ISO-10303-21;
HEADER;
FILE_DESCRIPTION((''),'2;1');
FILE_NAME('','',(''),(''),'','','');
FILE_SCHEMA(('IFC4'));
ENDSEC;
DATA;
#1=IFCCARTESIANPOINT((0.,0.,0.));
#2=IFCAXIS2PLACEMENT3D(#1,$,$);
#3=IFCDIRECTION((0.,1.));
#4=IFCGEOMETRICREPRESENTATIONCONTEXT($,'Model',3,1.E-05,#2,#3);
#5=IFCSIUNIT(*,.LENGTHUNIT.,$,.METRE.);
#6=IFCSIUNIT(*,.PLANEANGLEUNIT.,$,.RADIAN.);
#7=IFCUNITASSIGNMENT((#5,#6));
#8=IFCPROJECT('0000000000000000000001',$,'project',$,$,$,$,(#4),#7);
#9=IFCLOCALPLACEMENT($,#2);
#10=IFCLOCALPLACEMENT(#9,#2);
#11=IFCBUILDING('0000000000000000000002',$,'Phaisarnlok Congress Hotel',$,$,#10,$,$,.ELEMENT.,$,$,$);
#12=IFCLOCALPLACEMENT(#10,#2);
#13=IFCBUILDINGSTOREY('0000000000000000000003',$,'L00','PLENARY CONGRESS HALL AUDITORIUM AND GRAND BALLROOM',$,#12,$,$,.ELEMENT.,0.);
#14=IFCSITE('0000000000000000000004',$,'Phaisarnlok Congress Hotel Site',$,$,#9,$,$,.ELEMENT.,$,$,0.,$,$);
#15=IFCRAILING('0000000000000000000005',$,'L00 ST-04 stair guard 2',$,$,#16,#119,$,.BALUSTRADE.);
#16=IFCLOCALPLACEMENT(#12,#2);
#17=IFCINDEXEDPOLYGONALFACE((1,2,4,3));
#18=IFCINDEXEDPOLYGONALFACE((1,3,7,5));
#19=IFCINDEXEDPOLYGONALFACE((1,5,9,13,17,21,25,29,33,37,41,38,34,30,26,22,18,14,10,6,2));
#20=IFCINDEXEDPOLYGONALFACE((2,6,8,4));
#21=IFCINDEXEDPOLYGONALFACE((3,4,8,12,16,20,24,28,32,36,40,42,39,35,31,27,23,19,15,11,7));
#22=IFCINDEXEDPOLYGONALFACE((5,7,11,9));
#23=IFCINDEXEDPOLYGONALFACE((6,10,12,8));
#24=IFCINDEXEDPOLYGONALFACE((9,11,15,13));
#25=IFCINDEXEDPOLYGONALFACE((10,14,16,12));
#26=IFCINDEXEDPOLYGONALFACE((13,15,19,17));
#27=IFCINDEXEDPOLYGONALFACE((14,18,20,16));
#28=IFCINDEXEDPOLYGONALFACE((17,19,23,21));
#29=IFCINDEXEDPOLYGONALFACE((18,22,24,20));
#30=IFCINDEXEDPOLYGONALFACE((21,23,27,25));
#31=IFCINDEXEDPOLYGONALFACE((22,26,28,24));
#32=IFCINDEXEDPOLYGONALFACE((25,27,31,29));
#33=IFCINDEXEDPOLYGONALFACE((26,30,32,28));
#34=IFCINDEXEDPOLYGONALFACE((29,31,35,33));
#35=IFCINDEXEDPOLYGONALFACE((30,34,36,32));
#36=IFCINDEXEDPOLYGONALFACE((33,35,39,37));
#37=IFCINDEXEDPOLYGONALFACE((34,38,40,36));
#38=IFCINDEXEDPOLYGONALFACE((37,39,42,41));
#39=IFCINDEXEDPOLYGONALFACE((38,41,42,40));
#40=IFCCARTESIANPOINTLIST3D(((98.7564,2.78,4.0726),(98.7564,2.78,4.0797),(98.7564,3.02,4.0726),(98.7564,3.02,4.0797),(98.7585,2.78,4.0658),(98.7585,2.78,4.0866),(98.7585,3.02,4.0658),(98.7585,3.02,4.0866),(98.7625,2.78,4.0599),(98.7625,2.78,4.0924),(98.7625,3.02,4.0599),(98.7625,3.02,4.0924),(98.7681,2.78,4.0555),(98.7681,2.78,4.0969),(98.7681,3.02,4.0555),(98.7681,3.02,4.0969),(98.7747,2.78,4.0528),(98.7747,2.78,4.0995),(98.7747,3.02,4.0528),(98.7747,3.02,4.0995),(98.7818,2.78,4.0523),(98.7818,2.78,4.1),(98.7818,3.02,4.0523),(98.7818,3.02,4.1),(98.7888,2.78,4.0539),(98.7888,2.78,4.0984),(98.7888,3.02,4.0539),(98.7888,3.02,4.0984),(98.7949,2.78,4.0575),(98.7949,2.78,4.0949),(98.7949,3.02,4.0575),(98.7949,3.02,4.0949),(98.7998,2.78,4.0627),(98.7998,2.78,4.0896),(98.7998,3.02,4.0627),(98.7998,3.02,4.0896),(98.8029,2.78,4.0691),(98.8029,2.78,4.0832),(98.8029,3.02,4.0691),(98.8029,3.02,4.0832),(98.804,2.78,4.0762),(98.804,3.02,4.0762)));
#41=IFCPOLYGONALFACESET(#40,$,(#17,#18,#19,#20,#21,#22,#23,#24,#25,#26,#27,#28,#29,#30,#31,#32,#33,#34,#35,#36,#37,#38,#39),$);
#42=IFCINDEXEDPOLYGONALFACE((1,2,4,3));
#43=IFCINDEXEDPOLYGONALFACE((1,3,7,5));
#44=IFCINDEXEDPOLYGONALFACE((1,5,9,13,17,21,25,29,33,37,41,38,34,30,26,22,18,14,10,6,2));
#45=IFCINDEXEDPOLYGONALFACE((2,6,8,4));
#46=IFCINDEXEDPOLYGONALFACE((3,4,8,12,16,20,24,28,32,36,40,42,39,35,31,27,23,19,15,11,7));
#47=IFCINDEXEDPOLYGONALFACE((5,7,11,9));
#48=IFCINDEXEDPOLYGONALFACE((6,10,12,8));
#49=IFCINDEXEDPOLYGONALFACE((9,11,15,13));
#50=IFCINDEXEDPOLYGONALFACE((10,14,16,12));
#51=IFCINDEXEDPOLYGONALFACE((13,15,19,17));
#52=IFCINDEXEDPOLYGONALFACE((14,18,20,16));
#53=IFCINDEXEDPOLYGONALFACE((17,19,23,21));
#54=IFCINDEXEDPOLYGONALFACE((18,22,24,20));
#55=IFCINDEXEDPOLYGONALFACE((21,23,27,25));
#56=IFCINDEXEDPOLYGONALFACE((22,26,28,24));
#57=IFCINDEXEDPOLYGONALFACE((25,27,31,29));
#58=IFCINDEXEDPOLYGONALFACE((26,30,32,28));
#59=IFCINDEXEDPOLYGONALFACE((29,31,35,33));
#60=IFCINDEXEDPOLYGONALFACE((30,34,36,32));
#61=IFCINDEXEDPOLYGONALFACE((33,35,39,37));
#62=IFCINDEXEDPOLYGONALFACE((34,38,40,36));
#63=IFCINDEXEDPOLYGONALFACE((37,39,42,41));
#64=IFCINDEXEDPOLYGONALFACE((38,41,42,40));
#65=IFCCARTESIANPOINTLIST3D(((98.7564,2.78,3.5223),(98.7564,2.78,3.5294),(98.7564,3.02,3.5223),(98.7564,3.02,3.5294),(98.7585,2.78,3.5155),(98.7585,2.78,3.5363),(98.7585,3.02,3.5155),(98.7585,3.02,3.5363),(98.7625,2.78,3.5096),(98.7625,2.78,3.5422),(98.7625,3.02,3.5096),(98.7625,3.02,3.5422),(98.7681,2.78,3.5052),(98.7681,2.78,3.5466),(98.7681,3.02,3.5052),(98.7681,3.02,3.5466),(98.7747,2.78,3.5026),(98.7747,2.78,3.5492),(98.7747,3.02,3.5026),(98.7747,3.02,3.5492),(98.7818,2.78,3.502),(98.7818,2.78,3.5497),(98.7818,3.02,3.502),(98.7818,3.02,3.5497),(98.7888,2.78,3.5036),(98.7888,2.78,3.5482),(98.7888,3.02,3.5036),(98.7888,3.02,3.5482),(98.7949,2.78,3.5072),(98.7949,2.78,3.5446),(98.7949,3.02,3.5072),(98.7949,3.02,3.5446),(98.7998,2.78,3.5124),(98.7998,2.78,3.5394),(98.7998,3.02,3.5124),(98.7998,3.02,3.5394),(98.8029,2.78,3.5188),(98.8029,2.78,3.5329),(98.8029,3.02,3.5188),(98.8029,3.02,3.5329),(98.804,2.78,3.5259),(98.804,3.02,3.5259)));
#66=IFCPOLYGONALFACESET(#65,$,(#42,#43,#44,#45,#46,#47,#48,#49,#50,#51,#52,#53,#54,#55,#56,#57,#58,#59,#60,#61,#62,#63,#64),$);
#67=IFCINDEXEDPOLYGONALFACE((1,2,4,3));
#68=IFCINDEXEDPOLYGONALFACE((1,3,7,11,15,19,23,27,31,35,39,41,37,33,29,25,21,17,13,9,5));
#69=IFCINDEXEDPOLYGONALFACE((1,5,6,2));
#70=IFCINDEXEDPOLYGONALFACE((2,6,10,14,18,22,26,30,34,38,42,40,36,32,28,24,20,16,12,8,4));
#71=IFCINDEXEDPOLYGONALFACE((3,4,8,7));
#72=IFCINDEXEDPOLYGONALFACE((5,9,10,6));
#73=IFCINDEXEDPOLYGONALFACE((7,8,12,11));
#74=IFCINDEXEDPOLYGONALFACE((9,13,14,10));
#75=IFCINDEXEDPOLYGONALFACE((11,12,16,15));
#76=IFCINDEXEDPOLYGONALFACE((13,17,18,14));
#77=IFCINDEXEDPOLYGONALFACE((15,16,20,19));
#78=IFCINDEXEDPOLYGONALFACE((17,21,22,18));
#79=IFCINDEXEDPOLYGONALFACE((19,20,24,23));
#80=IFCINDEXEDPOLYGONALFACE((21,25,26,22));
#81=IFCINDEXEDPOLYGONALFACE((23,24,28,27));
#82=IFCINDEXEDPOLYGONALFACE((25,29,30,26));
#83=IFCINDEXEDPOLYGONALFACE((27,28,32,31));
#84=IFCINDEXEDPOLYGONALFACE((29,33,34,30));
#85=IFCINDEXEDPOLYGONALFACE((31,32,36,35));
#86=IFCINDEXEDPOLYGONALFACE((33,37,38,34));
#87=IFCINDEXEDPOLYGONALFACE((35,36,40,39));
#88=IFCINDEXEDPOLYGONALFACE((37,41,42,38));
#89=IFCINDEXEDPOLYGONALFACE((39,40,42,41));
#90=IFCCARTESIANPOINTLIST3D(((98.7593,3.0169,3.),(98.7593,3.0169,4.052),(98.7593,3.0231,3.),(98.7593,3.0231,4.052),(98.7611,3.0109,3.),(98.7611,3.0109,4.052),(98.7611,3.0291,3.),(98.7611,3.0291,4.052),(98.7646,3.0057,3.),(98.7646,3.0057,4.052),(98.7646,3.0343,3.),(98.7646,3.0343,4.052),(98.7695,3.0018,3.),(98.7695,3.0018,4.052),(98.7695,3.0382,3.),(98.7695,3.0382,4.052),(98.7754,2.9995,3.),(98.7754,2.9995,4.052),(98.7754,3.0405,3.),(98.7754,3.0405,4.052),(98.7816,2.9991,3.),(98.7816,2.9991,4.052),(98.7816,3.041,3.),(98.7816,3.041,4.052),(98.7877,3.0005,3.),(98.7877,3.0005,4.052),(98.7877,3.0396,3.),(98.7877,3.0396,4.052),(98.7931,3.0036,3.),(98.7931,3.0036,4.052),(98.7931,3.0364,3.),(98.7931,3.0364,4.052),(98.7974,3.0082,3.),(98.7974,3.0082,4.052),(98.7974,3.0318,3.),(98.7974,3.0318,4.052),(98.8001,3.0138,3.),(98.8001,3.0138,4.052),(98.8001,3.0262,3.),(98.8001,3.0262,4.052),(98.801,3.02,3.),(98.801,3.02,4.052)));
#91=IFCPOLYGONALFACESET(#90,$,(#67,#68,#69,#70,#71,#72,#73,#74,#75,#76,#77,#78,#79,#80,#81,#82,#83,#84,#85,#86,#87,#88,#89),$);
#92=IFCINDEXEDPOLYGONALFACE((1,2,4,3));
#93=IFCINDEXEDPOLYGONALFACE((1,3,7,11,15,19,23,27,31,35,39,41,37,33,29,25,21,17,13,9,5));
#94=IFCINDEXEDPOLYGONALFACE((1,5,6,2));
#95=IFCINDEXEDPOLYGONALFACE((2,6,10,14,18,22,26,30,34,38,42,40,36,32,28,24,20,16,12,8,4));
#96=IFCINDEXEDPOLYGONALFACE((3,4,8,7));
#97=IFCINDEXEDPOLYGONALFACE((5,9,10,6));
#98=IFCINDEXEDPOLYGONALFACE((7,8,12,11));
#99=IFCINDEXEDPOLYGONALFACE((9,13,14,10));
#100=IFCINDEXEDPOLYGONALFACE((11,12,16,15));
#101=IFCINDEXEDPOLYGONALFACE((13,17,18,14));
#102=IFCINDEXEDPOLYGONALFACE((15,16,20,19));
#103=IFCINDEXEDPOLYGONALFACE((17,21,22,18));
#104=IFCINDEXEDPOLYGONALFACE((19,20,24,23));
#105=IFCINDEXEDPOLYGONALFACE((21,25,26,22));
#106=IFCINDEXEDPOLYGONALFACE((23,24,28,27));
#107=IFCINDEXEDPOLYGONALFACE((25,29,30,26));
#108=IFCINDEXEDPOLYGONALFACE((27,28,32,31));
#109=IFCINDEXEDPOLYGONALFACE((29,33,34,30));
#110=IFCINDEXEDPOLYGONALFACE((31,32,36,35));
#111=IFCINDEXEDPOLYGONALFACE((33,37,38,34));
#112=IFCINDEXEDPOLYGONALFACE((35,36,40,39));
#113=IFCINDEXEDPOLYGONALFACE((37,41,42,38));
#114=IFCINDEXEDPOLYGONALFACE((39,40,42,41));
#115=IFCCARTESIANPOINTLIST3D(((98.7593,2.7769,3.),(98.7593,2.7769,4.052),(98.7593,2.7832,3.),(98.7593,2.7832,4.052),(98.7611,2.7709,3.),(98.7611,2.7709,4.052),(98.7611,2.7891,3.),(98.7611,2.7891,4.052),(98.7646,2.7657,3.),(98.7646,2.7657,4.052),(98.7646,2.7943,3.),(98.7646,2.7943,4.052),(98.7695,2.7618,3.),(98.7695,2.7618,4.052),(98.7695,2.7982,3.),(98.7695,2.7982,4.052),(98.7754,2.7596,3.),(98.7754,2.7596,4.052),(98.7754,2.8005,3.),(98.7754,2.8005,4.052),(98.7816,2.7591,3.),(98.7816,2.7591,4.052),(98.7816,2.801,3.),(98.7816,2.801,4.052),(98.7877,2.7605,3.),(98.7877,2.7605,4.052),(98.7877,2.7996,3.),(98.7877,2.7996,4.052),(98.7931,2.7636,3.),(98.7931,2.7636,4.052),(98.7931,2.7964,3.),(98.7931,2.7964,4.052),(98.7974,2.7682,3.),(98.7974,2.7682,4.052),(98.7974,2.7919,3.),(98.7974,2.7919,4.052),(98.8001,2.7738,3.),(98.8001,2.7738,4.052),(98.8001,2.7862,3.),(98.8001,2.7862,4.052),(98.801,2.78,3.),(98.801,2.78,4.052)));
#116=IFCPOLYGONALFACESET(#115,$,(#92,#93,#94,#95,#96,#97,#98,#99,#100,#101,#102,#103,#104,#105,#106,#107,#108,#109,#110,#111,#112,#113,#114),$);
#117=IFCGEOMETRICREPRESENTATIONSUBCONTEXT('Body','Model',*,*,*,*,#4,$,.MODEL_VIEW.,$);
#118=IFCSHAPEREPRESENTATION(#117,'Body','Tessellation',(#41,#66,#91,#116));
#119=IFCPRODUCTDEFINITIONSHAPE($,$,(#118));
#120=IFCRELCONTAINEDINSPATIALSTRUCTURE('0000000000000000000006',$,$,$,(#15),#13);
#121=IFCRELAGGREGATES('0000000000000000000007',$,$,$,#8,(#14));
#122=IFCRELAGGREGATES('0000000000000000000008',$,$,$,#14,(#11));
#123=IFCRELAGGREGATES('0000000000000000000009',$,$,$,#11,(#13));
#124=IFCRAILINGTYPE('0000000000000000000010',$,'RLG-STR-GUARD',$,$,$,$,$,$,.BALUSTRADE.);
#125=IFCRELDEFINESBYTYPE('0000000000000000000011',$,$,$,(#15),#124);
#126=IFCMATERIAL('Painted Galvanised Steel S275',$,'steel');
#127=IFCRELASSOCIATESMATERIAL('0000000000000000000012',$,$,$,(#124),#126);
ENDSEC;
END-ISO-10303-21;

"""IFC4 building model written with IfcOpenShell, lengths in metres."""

from ifc_helpers import new_model, si_unit, direction, frame, origin, origin_2d, place, context, subcontext, project, spatial, circle, extrude, material, type_object, element, save


model = new_model("IFC4")

# Units and contexts
model_context = context("Model", 3, precision=1e-05, world=origin(), true_north=direction((0.0, 1.0)))
body_context = subcontext(model_context, "Body", "Model", "MODEL_VIEW")
ifc_project = project(units=[si_unit("LENGTHUNIT", "METRE"), si_unit("PLANEANGLEUNIT", "RADIAN")], contexts=[model_context])

# Site, building, storey
site_placement = place(None, origin())
site = spatial("IfcSite", under=ifc_project, at=site_placement, Name="Phaisarnlok Congress Hotel Site", CompositionType="ELEMENT", RefElevation=0.0)
building_placement = place(site_placement, origin())
building = spatial("IfcBuilding", under=site, at=building_placement, Name="Phaisarnlok Congress Hotel", CompositionType="ELEMENT")
storey_placement = place(building_placement, origin())
storey = spatial("IfcBuildingStorey", under=building, at=storey_placement, Name="L00", Description="PLENARY CONGRESS HALL AUDITORIUM AND GRAND BALLROOM", CompositionType="ELEMENT", Elevation=0.0)

# Railing
ifc_material_1 = material(Name="Painted Galvanised Steel S275", Category="steel")
railing_type_1 = type_object("IfcRailingType", Name="RLG-STR-GUARD", PredefinedType="BALUSTRADE", material=ifc_material_1)
railing_1_placement = place(storey_placement, frame((98.78, 3.02, 3.0)))
element("IfcRailing", 1, at=railing_1_placement, inside=storey, type_object=railing_type_1, Name="L00 ST-04 stair guard 2", PredefinedType="BALUSTRADE", context=body_context, shape_type="SweptSolid", body=[
    extrude(circle(Radius=0.0239, at=origin_2d()), frame((0.0, 0.0, 1.0762), z_axis=(0.0, -1.0, 0.0), x_axis=(1.0, 0.0, 0.0)), (0.0, 0.0, 1.0), 0.24),
    extrude(circle(Radius=0.0239, at=origin_2d()), frame((0.0, 0.0, 0.5259), z_axis=(0.0, -1.0, 0.0), x_axis=(1.0, 0.0, 0.0)), (0.0, 0.0, 1.0), 0.24),
    extrude(circle(Radius=0.021, at=origin_2d()), origin(), (0.0, 0.0, 1.0), 1.052),
    extrude(circle(Radius=0.021, at=origin_2d()), frame((0.0, -0.24, 0.0)), (0.0, 0.0, 1.0), 1.052),
])

save(model, "model.ifc")
